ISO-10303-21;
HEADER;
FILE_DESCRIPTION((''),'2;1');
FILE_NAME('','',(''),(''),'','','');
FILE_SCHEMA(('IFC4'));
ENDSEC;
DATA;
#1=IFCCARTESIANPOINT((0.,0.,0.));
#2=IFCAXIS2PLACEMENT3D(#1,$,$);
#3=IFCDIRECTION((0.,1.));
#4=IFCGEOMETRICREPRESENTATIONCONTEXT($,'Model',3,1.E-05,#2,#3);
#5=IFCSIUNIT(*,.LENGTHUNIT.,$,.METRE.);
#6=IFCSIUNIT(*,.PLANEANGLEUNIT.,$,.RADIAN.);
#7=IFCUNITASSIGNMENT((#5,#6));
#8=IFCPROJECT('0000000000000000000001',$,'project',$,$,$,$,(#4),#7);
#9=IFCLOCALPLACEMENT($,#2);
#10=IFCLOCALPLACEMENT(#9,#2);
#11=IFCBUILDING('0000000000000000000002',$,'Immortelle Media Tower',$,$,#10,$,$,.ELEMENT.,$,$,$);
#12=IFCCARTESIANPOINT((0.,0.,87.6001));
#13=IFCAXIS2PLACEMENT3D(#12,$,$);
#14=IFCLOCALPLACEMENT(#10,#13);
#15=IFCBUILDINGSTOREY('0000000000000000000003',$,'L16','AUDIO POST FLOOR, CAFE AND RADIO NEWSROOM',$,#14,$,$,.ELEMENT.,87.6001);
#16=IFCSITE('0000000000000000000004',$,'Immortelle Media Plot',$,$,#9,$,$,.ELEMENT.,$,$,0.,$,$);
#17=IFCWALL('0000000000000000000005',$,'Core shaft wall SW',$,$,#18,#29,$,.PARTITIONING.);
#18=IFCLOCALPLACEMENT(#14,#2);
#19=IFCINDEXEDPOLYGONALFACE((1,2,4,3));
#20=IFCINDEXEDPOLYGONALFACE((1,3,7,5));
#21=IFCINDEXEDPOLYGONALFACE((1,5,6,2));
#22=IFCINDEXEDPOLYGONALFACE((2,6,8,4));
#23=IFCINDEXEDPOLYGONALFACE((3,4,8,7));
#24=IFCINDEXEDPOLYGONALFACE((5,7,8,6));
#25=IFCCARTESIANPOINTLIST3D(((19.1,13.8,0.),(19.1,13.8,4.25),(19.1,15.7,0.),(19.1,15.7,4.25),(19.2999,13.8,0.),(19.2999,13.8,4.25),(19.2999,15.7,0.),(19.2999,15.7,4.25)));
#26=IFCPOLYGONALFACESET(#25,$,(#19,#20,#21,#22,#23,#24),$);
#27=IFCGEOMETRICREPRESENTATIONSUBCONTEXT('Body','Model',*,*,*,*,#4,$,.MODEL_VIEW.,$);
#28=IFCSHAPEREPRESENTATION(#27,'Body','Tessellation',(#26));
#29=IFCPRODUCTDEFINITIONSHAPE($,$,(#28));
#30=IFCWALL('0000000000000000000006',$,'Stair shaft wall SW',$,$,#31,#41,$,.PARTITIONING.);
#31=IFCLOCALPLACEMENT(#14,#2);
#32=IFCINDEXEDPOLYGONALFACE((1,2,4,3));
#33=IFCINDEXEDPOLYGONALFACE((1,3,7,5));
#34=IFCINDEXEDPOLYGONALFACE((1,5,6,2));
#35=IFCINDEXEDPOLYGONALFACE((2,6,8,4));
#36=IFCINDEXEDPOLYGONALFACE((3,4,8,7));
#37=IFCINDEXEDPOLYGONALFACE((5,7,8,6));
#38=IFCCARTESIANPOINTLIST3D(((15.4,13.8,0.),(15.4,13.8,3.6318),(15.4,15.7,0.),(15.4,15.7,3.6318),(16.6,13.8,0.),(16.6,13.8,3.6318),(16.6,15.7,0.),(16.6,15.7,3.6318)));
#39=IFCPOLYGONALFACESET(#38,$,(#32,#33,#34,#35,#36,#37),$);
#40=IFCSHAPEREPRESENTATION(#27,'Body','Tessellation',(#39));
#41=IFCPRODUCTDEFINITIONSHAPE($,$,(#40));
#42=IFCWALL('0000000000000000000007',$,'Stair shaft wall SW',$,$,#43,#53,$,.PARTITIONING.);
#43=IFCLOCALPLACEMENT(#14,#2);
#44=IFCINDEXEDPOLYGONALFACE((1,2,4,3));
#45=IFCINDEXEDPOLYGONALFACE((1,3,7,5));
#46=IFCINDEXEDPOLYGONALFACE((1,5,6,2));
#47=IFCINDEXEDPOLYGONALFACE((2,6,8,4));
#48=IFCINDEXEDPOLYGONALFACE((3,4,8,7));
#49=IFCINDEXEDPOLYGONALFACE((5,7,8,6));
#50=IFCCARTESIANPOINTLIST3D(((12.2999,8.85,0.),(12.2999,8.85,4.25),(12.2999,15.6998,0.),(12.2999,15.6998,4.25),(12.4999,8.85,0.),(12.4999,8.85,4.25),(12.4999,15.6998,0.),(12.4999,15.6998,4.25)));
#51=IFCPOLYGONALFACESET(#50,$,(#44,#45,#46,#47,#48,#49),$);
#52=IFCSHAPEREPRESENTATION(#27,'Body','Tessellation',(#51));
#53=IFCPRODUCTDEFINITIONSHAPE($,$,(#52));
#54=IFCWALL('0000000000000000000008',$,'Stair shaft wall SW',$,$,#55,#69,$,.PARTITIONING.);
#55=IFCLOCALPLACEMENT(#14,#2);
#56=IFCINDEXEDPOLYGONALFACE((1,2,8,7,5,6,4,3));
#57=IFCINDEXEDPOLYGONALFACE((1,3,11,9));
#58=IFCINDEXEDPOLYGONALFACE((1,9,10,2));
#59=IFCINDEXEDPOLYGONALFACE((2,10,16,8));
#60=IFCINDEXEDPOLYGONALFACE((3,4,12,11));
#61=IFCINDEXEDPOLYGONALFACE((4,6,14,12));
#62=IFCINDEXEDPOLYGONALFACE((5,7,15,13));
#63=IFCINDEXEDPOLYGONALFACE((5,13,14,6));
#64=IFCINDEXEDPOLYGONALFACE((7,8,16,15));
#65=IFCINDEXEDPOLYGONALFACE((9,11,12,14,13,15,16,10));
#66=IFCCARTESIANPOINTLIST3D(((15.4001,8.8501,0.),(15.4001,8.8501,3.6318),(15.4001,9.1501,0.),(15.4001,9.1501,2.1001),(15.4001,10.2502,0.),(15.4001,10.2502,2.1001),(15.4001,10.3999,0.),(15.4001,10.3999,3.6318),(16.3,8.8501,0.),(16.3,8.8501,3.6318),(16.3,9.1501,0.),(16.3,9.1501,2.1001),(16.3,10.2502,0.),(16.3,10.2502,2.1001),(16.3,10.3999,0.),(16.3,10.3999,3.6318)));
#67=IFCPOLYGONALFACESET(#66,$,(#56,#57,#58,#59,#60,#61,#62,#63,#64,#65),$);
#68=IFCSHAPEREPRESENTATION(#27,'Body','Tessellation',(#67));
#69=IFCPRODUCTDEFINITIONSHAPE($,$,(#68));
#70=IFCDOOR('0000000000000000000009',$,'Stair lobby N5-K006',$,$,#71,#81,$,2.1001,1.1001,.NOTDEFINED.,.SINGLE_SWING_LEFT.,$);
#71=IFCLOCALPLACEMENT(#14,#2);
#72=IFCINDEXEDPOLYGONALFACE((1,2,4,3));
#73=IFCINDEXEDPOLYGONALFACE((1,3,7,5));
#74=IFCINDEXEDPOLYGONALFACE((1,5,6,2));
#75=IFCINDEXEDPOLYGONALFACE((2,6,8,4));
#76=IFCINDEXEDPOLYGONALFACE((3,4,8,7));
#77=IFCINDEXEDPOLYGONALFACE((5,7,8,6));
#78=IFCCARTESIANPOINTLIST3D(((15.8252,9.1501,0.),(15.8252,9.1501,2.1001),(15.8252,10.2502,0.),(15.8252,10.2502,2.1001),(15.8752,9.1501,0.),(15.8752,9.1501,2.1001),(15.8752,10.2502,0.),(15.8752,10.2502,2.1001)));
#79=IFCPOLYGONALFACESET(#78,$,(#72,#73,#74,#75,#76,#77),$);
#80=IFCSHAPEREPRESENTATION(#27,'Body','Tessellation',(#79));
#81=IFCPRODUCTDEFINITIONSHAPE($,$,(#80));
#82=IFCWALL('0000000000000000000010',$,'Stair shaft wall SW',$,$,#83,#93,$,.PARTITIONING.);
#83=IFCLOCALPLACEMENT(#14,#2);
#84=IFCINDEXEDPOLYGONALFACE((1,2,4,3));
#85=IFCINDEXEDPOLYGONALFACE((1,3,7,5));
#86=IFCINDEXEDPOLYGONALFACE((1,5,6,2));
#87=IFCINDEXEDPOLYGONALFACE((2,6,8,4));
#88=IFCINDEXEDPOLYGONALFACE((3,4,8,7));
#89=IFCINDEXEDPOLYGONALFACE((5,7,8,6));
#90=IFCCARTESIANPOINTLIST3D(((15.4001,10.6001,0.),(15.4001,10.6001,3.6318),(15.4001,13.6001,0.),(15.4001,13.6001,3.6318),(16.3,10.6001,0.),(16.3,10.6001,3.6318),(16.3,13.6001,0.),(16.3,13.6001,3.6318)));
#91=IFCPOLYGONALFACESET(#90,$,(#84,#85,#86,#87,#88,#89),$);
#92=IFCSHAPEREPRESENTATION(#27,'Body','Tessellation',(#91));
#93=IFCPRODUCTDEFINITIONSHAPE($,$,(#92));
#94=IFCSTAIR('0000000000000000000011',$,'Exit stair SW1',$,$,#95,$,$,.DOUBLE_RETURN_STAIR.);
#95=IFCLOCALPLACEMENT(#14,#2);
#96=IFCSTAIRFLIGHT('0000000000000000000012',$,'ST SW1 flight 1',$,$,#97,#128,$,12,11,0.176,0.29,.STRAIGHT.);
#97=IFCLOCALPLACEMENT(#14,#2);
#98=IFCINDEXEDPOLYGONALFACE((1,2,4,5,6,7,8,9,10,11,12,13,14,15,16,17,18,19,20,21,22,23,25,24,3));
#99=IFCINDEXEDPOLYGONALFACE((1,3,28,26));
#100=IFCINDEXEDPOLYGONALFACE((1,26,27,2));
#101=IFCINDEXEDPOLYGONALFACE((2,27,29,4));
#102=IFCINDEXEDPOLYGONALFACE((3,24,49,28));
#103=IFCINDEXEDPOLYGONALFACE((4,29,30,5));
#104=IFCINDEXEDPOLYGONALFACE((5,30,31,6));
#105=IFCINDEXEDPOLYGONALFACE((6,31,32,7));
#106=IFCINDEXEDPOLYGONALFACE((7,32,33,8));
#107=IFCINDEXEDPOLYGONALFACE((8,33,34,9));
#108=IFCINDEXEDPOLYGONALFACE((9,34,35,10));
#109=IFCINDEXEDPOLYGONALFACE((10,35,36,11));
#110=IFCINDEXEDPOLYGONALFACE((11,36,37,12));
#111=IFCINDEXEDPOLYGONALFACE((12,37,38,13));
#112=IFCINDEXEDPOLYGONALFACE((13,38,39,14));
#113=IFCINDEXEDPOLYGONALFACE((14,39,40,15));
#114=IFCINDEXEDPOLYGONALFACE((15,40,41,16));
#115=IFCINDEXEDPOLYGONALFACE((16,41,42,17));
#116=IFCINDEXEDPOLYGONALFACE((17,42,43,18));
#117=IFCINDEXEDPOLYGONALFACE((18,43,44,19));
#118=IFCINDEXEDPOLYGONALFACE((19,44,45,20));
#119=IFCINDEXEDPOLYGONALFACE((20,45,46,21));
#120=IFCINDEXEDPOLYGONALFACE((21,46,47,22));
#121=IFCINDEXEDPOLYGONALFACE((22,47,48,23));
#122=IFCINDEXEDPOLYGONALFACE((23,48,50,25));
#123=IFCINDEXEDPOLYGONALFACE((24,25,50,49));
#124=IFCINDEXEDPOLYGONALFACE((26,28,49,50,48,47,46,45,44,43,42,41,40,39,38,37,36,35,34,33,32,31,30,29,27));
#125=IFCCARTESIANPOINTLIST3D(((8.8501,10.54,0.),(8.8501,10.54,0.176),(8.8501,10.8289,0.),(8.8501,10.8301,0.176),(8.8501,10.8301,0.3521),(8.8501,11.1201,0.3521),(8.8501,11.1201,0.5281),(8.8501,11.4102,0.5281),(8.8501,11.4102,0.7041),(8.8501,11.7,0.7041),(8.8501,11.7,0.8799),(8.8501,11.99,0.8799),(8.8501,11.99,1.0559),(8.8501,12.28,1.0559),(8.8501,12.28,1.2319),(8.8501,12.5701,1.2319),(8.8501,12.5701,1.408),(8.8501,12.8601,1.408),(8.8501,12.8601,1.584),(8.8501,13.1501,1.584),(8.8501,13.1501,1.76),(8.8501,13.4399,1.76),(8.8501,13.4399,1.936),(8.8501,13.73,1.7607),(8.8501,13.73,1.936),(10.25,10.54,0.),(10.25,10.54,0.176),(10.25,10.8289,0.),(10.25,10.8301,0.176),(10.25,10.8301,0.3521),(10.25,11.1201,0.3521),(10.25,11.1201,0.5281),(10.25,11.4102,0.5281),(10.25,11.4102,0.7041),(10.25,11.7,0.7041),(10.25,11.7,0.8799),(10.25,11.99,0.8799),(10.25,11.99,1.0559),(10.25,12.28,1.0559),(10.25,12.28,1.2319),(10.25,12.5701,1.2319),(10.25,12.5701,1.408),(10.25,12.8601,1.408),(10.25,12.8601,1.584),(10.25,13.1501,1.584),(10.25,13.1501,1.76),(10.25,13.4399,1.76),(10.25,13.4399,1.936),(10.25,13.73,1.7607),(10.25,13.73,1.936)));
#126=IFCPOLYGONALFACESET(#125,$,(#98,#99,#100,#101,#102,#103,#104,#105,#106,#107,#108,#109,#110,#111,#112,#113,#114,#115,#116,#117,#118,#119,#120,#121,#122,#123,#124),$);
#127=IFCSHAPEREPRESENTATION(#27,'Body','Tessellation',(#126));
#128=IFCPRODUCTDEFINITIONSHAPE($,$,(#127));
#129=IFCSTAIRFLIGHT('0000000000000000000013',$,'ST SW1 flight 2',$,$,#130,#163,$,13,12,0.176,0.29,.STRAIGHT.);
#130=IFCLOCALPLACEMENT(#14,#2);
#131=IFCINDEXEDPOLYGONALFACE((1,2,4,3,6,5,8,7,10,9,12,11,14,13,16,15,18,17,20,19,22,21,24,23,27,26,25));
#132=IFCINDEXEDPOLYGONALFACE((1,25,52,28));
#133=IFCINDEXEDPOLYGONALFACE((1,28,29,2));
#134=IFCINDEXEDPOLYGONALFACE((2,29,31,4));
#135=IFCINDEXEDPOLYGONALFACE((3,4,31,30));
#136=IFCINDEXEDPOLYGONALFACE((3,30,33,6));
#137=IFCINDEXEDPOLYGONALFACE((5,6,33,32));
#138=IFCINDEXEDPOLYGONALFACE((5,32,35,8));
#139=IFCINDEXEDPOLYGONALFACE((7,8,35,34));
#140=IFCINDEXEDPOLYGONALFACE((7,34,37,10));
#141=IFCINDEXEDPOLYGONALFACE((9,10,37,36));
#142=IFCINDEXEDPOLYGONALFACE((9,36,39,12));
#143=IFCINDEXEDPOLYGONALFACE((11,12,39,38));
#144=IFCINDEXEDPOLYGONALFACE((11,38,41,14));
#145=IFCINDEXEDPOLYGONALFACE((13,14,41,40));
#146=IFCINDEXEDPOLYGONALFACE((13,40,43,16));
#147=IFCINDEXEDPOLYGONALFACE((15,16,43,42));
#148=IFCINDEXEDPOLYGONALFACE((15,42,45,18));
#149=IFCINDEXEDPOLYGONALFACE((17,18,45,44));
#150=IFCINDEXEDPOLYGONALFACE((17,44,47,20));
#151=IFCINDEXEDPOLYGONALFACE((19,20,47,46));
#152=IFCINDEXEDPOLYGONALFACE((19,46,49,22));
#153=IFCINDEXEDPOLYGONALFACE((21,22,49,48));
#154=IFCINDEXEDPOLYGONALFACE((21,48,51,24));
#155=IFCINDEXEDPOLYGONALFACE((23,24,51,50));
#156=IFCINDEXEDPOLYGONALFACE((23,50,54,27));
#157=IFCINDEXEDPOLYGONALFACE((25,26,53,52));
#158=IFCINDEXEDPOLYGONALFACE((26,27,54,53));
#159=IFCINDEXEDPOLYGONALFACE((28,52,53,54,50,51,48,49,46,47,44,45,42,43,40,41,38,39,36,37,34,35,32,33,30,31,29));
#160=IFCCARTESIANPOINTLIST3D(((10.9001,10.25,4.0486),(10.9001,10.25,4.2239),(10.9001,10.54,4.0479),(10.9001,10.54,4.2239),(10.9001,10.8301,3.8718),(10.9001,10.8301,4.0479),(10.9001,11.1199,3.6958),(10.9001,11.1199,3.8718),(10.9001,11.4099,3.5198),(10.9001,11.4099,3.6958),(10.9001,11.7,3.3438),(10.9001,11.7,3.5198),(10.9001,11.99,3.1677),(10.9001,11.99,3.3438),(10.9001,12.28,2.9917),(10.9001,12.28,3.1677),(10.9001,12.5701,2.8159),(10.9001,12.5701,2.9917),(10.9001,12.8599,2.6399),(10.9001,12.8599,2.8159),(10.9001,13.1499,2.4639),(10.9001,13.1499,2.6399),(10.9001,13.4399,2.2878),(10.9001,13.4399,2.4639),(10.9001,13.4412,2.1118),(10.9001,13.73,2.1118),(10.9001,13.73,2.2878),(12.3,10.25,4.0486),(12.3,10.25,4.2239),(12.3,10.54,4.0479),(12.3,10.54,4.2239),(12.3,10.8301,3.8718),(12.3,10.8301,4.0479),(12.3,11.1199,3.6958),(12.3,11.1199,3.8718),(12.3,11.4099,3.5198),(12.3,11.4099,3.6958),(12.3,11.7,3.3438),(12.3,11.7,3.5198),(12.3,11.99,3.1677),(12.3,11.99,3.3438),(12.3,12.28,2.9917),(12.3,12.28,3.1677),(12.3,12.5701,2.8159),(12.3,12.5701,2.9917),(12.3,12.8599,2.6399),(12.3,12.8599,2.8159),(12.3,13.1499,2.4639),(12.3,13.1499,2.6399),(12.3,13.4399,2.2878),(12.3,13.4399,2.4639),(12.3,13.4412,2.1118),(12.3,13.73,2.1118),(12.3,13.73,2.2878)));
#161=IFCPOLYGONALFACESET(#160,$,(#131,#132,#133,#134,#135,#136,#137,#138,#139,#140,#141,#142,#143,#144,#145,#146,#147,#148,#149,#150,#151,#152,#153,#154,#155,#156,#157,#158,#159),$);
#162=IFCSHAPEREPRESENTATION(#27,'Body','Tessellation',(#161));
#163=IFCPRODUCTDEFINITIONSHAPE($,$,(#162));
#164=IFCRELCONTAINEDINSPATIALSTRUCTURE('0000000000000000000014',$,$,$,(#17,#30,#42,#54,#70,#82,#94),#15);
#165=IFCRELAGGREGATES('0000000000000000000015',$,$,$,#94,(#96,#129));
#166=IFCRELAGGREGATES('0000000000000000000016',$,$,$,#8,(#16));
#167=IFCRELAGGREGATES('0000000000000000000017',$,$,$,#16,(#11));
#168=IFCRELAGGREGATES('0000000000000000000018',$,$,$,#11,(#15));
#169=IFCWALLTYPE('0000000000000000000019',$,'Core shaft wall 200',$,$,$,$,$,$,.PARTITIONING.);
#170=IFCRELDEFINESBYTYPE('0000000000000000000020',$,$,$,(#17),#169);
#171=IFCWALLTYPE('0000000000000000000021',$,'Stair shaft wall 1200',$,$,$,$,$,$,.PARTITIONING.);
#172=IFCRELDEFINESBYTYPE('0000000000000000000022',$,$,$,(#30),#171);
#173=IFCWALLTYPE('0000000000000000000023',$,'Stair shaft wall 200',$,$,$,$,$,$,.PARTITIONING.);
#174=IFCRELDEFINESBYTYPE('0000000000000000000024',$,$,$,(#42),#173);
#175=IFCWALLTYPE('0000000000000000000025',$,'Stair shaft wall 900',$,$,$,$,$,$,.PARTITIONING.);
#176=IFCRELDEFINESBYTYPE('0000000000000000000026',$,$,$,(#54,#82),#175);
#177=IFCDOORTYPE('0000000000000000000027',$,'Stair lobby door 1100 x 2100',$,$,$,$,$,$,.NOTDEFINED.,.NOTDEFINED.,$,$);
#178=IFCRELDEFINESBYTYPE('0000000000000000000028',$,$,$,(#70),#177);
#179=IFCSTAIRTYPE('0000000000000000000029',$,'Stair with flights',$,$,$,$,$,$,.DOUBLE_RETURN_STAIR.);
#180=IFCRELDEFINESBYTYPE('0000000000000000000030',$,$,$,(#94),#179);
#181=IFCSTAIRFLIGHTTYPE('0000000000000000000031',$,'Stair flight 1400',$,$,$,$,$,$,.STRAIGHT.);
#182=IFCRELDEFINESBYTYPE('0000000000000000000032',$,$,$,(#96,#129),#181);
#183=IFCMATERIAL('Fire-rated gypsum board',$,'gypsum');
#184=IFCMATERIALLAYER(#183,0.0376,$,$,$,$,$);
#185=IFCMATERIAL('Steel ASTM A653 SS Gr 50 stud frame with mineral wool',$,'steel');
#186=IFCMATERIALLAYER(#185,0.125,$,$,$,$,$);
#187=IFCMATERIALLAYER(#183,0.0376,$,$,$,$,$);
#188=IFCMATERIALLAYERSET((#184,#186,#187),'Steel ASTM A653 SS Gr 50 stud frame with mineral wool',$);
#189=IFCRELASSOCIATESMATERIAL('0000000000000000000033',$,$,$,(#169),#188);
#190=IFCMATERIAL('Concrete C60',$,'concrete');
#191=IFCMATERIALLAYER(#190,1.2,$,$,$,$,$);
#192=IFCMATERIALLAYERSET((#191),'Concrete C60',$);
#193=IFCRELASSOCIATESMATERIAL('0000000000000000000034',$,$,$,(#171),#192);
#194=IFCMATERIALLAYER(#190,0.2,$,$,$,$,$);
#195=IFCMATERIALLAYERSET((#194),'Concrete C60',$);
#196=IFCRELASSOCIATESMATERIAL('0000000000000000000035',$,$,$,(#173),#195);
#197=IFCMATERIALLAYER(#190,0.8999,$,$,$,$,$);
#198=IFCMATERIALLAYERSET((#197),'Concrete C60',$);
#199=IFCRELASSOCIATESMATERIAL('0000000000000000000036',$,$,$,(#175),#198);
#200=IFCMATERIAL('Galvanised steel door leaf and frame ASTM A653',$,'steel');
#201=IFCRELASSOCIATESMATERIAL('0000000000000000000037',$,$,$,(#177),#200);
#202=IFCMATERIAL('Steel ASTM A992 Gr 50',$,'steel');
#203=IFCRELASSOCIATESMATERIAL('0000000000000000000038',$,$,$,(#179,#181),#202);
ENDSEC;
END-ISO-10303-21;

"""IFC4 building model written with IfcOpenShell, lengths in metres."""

from ifc_helpers import new_model, si_unit, direction, frame, frame_2d, origin, place, context, subcontext, project, spatial, polyline, rectangle, outline, extrude, material, layer, layer_set, type_object, element, fill, aggregate, save


model = new_model("IFC4")

# Units and contexts
model_context = context("Model", 3, precision=1e-05, world=origin(), true_north=direction((0.0, 1.0)))
body_context = subcontext(model_context, "Body", "Model", "MODEL_VIEW")
ifc_project = project(units=[si_unit("LENGTHUNIT", "METRE"), si_unit("PLANEANGLEUNIT", "RADIAN")], contexts=[model_context])

# Site, building, storey
site_placement = place(None, origin())
site = spatial("IfcSite", under=ifc_project, at=site_placement, Name="Immortelle Media Plot", CompositionType="ELEMENT", RefElevation=0.0)
building_placement = place(site_placement, origin())
building = spatial("IfcBuilding", under=site, at=building_placement, Name="Immortelle Media Tower", CompositionType="ELEMENT")
storey_placement = place(building_placement, frame((0.0, 0.0, 87.6001)))
storey = spatial("IfcBuildingStorey", under=building, at=storey_placement, Name="L16", Description="AUDIO POST FLOOR, CAFE AND RADIO NEWSROOM", CompositionType="ELEMENT", Elevation=87.6001)

# Shared definitions
ifc_material_1 = material(Name="Steel ASTM A992 Gr 50", Category="steel")

# Shared definitions
ifc_material_2 = material(Name="Fire-rated gypsum board", Category="gypsum")
ifc_layer_1 = layer(ifc_material_2, 0.0376)
ifc_material_3 = material(Name="Steel ASTM A653 SS Gr 50 stud frame with mineral wool", Category="steel")
ifc_layer_2 = layer(ifc_material_3, 0.125)
ifc_layer_3 = layer(ifc_material_2, 0.0376)
ifc_layer_set_1 = layer_set([ifc_layer_1, ifc_layer_2, ifc_layer_3], Name="Steel ASTM A653 SS Gr 50 stud frame with mineral wool")
wall_type_1 = type_object("IfcWallType", Name="Core shaft wall 200", PredefinedType="PARTITIONING", material=ifc_layer_set_1)

# Walls
wall_1_placement = place(storey_placement, frame((19.2, 13.8, 0.0), z_axis=(0.0, 0.0, 1.0), x_axis=(0.0, 1.0, 0.0)))
element("IfcWall", 1, at=wall_1_placement, inside=storey, type_object=wall_type_1, Name="Core shaft wall SW", PredefinedType="PARTITIONING", context=body_context, shape_type="SweptSolid", body=[
    extrude(rectangle(XDim=1.8999, YDim=0.2, at=frame_2d((0.95, 0.0))), origin(), (0.0, 0.0, 1.0), 4.25),
])
ifc_material_4 = material(Name="Concrete C60", Category="concrete")
ifc_layer_4 = layer(ifc_material_4, 1.2)
ifc_layer_set_2 = layer_set([ifc_layer_4], Name="Concrete C60")
wall_type_2 = type_object("IfcWallType", Name="Stair shaft wall 1200", PredefinedType="PARTITIONING", material=ifc_layer_set_2)
wall_2_placement = place(storey_placement, frame((16.0, 13.8, 0.0), z_axis=(0.0, 0.0, 1.0), x_axis=(0.0, 1.0, 0.0)))
element("IfcWall", 2, at=wall_2_placement, inside=storey, type_object=wall_type_2, Name="Stair shaft wall SW", PredefinedType="PARTITIONING", context=body_context, shape_type="SweptSolid", body=[
    extrude(rectangle(XDim=1.8999, YDim=1.2, at=frame_2d((0.95, 0.0))), origin(), (0.0, 0.0, 1.0), 3.6318),
])
ifc_layer_5 = layer(ifc_material_4, 0.2)
ifc_layer_set_3 = layer_set([ifc_layer_5], Name="Concrete C60")
wall_type_3 = type_object("IfcWallType", Name="Stair shaft wall 200", PredefinedType="PARTITIONING", material=ifc_layer_set_3)
wall_3_placement = place(storey_placement, frame((12.3999, 8.8501, 0.0), z_axis=(0.0, 0.0, 1.0), x_axis=(0.0, 1.0, 0.0)))
element("IfcWall", 3, at=wall_3_placement, inside=storey, type_object=wall_type_3, Name="Stair shaft wall SW", PredefinedType="PARTITIONING", context=body_context, shape_type="SweptSolid", body=[
    extrude(rectangle(XDim=6.8499, YDim=0.2, at=frame_2d((3.4248, 0.0))), origin(), (0.0, 0.0, 1.0), 4.25),
])

# Wall, opening, door
ifc_layer_6 = layer(ifc_material_4, 0.8999)
ifc_layer_set_4 = layer_set([ifc_layer_6], Name="Concrete C60")
wall_type_4 = type_object("IfcWallType", Name="Stair shaft wall 900", PredefinedType="PARTITIONING", material=ifc_layer_set_4)
wall_4_placement = place(storey_placement, frame((15.8501, 8.8501, 0.0), z_axis=(0.0, 0.0, 1.0), x_axis=(0.0, 1.0, 0.0)))
wall_4 = element("IfcWall", 4, at=wall_4_placement, inside=storey, type_object=wall_type_4, Name="Stair shaft wall SW", PredefinedType="PARTITIONING", context=body_context, shape_type="SweptSolid", body=[
    extrude(rectangle(XDim=1.5498, YDim=0.8999, at=frame_2d((0.7749, 0.0))), origin(), (0.0, 0.0, 1.0), 3.6318),
])
opening_1_placement = place(wall_4_placement, frame((0.3, 0.0, 0.0)))
opening_1 = element("IfcOpeningElement", 5, at=opening_1_placement, cuts=wall_4, PredefinedType="OPENING", context=body_context, shape_type="SweptSolid", body=[
    extrude(rectangle(XDim=1.1001, YDim=2.1001, at=frame_2d((0.55, 1.05))), frame((0.0, 0.46, 0.0), z_axis=(0.0, -1.0, 0.0), x_axis=(1.0, 0.0, 0.0)), (0.0, 0.0, 1.0), 0.9199),
])
ifc_material_5 = material(Name="Galvanised steel door leaf and frame ASTM A653", Category="steel")
door_type_1 = type_object("IfcDoorType", Name="Stair lobby door 1100 x 2100", OperationType="NOTDEFINED", PredefinedType="NOTDEFINED", material=ifc_material_5)
door_1_placement = place(opening_1_placement, origin())
door_1 = element("IfcDoor", 6, at=door_1_placement, inside=storey, type_object=door_type_1, Name="Stair lobby N5-K006", OperationType="SINGLE_SWING_LEFT", OverallHeight=2.1001, OverallWidth=1.1001, PredefinedType="NOTDEFINED", context=body_context, shape_type="SweptSolid", body=[
    extrude(rectangle(XDim=1.1001, YDim=2.1001, at=frame_2d((0.55, 1.05))), frame((0.0, 0.0249, 0.0), z_axis=(0.0, -1.0, 0.0), x_axis=(1.0, 0.0, 0.0)), (0.0, 0.0, 1.0), 0.05),
])
fill(opening_1, door_1)

# Wall
wall_5_placement = place(storey_placement, frame((15.8501, 10.6001, 0.0), z_axis=(0.0, 0.0, 1.0), x_axis=(0.0, 1.0, 0.0)))
element("IfcWall", 7, at=wall_5_placement, inside=storey, type_object=wall_type_4, Name="Stair shaft wall SW", PredefinedType="PARTITIONING", context=body_context, shape_type="SweptSolid", body=[
    extrude(rectangle(XDim=3.0, YDim=0.8999, at=frame_2d((1.5, 0.0))), origin(), (0.0, 0.0, 1.0), 3.6318),
])

# Stair, stair flights
stair_type = type_object("IfcStairType", Name="Stair with flights", PredefinedType="DOUBLE_RETURN_STAIR", material=ifc_material_1)
stair_1_placement = place(storey_placement, origin())
stair_1 = element("IfcStair", 8, at=stair_1_placement, inside=storey, type_object=stair_type, Name="Exit stair SW1", PredefinedType="DOUBLE_RETURN_STAIR")
stair_flight_type = type_object("IfcStairFlightType", Name="Stair flight 1400", PredefinedType="STRAIGHT", material=ifc_material_1)
stair_flight_1_placement = place(storey_placement, frame((9.55, 10.54, 0.0), z_axis=(0.0, 0.0, 1.0), x_axis=(0.0, 1.0, 0.0)))
stair_flight_1 = element("IfcStairFlight", 9, at=stair_flight_1_placement, type_object=stair_flight_type, Name="ST SW1 flight 1", NumberOfRisers=12, NumberOfTreads=11, PredefinedType="STRAIGHT", RiserHeight=0.176, TreadLength=0.29, context=body_context, shape_type="SweptSolid", body=[
    extrude(outline(polyline([(0.0, 0.0), (0.0, 0.176), (0.29, 0.176), (0.29, 0.3521), (0.5801, 0.3521), (0.5801, 0.5281), (0.8701, 0.5281), (0.8701, 0.7041), (1.1599, 0.7041), (1.1599, 0.8799), (1.45, 0.8799), (1.45, 1.0559), (1.74, 1.0559), (1.74, 1.2319), (2.03, 1.2319), (2.03, 1.408), (2.3201, 1.408), (2.3201, 1.584), (2.6101, 1.584), (2.6101, 1.76), (2.8999, 1.76), (2.8999, 1.936), (3.1899, 1.936), (3.1899, 2.1121), (3.1899, 1.7607), (0.2888, 0.0), (0.0, 0.0)])), frame((0.0, 0.7, 0.0), z_axis=(0.0, -1.0, 0.0), x_axis=(1.0, 0.0, 0.0)), (0.0, 0.0, 1.0), 1.3999),
])
stair_flight_2_placement = place(storey_placement, frame((11.6001, 13.73, 2.1118), z_axis=(0.0, 0.0, 1.0), x_axis=(0.0, -1.0, 0.0)))
stair_flight_2 = element("IfcStairFlight", 10, at=stair_flight_2_placement, type_object=stair_flight_type, Name="ST SW1 flight 2", NumberOfRisers=13, NumberOfTreads=12, PredefinedType="STRAIGHT", RiserHeight=0.176, TreadLength=0.29, context=body_context, shape_type="SweptSolid", body=[
    extrude(outline(polyline([(0.0, 0.0), (0.0, 0.176), (0.29, 0.176), (0.29, 0.3521), (0.5801, 0.3521), (0.5801, 0.5281), (0.8701, 0.5281), (0.8701, 0.7041), (1.1599, 0.7041), (1.1599, 0.8799), (1.45, 0.8799), (1.45, 1.0559), (1.74, 1.0559), (1.74, 1.2319), (2.03, 1.2319), (2.03, 1.408), (2.3201, 1.408), (2.3201, 1.584), (2.6101, 1.584), (2.6101, 1.76), (2.8999, 1.76), (2.8999, 1.936), (3.1899, 1.936), (3.1899, 2.1121), (3.48, 2.1121), (3.48, 2.2881), (3.48, 1.9368), (0.2888, 0.0), (0.0, 0.0)])), frame((0.0, 0.7, 0.0), z_axis=(0.0, -1.0, 0.0), x_axis=(1.0, 0.0, 0.0)), (0.0, 0.0, 1.0), 1.3999),
])
aggregate(stair_1, [stair_flight_1, stair_flight_2])

save(model, "model.ifc")
